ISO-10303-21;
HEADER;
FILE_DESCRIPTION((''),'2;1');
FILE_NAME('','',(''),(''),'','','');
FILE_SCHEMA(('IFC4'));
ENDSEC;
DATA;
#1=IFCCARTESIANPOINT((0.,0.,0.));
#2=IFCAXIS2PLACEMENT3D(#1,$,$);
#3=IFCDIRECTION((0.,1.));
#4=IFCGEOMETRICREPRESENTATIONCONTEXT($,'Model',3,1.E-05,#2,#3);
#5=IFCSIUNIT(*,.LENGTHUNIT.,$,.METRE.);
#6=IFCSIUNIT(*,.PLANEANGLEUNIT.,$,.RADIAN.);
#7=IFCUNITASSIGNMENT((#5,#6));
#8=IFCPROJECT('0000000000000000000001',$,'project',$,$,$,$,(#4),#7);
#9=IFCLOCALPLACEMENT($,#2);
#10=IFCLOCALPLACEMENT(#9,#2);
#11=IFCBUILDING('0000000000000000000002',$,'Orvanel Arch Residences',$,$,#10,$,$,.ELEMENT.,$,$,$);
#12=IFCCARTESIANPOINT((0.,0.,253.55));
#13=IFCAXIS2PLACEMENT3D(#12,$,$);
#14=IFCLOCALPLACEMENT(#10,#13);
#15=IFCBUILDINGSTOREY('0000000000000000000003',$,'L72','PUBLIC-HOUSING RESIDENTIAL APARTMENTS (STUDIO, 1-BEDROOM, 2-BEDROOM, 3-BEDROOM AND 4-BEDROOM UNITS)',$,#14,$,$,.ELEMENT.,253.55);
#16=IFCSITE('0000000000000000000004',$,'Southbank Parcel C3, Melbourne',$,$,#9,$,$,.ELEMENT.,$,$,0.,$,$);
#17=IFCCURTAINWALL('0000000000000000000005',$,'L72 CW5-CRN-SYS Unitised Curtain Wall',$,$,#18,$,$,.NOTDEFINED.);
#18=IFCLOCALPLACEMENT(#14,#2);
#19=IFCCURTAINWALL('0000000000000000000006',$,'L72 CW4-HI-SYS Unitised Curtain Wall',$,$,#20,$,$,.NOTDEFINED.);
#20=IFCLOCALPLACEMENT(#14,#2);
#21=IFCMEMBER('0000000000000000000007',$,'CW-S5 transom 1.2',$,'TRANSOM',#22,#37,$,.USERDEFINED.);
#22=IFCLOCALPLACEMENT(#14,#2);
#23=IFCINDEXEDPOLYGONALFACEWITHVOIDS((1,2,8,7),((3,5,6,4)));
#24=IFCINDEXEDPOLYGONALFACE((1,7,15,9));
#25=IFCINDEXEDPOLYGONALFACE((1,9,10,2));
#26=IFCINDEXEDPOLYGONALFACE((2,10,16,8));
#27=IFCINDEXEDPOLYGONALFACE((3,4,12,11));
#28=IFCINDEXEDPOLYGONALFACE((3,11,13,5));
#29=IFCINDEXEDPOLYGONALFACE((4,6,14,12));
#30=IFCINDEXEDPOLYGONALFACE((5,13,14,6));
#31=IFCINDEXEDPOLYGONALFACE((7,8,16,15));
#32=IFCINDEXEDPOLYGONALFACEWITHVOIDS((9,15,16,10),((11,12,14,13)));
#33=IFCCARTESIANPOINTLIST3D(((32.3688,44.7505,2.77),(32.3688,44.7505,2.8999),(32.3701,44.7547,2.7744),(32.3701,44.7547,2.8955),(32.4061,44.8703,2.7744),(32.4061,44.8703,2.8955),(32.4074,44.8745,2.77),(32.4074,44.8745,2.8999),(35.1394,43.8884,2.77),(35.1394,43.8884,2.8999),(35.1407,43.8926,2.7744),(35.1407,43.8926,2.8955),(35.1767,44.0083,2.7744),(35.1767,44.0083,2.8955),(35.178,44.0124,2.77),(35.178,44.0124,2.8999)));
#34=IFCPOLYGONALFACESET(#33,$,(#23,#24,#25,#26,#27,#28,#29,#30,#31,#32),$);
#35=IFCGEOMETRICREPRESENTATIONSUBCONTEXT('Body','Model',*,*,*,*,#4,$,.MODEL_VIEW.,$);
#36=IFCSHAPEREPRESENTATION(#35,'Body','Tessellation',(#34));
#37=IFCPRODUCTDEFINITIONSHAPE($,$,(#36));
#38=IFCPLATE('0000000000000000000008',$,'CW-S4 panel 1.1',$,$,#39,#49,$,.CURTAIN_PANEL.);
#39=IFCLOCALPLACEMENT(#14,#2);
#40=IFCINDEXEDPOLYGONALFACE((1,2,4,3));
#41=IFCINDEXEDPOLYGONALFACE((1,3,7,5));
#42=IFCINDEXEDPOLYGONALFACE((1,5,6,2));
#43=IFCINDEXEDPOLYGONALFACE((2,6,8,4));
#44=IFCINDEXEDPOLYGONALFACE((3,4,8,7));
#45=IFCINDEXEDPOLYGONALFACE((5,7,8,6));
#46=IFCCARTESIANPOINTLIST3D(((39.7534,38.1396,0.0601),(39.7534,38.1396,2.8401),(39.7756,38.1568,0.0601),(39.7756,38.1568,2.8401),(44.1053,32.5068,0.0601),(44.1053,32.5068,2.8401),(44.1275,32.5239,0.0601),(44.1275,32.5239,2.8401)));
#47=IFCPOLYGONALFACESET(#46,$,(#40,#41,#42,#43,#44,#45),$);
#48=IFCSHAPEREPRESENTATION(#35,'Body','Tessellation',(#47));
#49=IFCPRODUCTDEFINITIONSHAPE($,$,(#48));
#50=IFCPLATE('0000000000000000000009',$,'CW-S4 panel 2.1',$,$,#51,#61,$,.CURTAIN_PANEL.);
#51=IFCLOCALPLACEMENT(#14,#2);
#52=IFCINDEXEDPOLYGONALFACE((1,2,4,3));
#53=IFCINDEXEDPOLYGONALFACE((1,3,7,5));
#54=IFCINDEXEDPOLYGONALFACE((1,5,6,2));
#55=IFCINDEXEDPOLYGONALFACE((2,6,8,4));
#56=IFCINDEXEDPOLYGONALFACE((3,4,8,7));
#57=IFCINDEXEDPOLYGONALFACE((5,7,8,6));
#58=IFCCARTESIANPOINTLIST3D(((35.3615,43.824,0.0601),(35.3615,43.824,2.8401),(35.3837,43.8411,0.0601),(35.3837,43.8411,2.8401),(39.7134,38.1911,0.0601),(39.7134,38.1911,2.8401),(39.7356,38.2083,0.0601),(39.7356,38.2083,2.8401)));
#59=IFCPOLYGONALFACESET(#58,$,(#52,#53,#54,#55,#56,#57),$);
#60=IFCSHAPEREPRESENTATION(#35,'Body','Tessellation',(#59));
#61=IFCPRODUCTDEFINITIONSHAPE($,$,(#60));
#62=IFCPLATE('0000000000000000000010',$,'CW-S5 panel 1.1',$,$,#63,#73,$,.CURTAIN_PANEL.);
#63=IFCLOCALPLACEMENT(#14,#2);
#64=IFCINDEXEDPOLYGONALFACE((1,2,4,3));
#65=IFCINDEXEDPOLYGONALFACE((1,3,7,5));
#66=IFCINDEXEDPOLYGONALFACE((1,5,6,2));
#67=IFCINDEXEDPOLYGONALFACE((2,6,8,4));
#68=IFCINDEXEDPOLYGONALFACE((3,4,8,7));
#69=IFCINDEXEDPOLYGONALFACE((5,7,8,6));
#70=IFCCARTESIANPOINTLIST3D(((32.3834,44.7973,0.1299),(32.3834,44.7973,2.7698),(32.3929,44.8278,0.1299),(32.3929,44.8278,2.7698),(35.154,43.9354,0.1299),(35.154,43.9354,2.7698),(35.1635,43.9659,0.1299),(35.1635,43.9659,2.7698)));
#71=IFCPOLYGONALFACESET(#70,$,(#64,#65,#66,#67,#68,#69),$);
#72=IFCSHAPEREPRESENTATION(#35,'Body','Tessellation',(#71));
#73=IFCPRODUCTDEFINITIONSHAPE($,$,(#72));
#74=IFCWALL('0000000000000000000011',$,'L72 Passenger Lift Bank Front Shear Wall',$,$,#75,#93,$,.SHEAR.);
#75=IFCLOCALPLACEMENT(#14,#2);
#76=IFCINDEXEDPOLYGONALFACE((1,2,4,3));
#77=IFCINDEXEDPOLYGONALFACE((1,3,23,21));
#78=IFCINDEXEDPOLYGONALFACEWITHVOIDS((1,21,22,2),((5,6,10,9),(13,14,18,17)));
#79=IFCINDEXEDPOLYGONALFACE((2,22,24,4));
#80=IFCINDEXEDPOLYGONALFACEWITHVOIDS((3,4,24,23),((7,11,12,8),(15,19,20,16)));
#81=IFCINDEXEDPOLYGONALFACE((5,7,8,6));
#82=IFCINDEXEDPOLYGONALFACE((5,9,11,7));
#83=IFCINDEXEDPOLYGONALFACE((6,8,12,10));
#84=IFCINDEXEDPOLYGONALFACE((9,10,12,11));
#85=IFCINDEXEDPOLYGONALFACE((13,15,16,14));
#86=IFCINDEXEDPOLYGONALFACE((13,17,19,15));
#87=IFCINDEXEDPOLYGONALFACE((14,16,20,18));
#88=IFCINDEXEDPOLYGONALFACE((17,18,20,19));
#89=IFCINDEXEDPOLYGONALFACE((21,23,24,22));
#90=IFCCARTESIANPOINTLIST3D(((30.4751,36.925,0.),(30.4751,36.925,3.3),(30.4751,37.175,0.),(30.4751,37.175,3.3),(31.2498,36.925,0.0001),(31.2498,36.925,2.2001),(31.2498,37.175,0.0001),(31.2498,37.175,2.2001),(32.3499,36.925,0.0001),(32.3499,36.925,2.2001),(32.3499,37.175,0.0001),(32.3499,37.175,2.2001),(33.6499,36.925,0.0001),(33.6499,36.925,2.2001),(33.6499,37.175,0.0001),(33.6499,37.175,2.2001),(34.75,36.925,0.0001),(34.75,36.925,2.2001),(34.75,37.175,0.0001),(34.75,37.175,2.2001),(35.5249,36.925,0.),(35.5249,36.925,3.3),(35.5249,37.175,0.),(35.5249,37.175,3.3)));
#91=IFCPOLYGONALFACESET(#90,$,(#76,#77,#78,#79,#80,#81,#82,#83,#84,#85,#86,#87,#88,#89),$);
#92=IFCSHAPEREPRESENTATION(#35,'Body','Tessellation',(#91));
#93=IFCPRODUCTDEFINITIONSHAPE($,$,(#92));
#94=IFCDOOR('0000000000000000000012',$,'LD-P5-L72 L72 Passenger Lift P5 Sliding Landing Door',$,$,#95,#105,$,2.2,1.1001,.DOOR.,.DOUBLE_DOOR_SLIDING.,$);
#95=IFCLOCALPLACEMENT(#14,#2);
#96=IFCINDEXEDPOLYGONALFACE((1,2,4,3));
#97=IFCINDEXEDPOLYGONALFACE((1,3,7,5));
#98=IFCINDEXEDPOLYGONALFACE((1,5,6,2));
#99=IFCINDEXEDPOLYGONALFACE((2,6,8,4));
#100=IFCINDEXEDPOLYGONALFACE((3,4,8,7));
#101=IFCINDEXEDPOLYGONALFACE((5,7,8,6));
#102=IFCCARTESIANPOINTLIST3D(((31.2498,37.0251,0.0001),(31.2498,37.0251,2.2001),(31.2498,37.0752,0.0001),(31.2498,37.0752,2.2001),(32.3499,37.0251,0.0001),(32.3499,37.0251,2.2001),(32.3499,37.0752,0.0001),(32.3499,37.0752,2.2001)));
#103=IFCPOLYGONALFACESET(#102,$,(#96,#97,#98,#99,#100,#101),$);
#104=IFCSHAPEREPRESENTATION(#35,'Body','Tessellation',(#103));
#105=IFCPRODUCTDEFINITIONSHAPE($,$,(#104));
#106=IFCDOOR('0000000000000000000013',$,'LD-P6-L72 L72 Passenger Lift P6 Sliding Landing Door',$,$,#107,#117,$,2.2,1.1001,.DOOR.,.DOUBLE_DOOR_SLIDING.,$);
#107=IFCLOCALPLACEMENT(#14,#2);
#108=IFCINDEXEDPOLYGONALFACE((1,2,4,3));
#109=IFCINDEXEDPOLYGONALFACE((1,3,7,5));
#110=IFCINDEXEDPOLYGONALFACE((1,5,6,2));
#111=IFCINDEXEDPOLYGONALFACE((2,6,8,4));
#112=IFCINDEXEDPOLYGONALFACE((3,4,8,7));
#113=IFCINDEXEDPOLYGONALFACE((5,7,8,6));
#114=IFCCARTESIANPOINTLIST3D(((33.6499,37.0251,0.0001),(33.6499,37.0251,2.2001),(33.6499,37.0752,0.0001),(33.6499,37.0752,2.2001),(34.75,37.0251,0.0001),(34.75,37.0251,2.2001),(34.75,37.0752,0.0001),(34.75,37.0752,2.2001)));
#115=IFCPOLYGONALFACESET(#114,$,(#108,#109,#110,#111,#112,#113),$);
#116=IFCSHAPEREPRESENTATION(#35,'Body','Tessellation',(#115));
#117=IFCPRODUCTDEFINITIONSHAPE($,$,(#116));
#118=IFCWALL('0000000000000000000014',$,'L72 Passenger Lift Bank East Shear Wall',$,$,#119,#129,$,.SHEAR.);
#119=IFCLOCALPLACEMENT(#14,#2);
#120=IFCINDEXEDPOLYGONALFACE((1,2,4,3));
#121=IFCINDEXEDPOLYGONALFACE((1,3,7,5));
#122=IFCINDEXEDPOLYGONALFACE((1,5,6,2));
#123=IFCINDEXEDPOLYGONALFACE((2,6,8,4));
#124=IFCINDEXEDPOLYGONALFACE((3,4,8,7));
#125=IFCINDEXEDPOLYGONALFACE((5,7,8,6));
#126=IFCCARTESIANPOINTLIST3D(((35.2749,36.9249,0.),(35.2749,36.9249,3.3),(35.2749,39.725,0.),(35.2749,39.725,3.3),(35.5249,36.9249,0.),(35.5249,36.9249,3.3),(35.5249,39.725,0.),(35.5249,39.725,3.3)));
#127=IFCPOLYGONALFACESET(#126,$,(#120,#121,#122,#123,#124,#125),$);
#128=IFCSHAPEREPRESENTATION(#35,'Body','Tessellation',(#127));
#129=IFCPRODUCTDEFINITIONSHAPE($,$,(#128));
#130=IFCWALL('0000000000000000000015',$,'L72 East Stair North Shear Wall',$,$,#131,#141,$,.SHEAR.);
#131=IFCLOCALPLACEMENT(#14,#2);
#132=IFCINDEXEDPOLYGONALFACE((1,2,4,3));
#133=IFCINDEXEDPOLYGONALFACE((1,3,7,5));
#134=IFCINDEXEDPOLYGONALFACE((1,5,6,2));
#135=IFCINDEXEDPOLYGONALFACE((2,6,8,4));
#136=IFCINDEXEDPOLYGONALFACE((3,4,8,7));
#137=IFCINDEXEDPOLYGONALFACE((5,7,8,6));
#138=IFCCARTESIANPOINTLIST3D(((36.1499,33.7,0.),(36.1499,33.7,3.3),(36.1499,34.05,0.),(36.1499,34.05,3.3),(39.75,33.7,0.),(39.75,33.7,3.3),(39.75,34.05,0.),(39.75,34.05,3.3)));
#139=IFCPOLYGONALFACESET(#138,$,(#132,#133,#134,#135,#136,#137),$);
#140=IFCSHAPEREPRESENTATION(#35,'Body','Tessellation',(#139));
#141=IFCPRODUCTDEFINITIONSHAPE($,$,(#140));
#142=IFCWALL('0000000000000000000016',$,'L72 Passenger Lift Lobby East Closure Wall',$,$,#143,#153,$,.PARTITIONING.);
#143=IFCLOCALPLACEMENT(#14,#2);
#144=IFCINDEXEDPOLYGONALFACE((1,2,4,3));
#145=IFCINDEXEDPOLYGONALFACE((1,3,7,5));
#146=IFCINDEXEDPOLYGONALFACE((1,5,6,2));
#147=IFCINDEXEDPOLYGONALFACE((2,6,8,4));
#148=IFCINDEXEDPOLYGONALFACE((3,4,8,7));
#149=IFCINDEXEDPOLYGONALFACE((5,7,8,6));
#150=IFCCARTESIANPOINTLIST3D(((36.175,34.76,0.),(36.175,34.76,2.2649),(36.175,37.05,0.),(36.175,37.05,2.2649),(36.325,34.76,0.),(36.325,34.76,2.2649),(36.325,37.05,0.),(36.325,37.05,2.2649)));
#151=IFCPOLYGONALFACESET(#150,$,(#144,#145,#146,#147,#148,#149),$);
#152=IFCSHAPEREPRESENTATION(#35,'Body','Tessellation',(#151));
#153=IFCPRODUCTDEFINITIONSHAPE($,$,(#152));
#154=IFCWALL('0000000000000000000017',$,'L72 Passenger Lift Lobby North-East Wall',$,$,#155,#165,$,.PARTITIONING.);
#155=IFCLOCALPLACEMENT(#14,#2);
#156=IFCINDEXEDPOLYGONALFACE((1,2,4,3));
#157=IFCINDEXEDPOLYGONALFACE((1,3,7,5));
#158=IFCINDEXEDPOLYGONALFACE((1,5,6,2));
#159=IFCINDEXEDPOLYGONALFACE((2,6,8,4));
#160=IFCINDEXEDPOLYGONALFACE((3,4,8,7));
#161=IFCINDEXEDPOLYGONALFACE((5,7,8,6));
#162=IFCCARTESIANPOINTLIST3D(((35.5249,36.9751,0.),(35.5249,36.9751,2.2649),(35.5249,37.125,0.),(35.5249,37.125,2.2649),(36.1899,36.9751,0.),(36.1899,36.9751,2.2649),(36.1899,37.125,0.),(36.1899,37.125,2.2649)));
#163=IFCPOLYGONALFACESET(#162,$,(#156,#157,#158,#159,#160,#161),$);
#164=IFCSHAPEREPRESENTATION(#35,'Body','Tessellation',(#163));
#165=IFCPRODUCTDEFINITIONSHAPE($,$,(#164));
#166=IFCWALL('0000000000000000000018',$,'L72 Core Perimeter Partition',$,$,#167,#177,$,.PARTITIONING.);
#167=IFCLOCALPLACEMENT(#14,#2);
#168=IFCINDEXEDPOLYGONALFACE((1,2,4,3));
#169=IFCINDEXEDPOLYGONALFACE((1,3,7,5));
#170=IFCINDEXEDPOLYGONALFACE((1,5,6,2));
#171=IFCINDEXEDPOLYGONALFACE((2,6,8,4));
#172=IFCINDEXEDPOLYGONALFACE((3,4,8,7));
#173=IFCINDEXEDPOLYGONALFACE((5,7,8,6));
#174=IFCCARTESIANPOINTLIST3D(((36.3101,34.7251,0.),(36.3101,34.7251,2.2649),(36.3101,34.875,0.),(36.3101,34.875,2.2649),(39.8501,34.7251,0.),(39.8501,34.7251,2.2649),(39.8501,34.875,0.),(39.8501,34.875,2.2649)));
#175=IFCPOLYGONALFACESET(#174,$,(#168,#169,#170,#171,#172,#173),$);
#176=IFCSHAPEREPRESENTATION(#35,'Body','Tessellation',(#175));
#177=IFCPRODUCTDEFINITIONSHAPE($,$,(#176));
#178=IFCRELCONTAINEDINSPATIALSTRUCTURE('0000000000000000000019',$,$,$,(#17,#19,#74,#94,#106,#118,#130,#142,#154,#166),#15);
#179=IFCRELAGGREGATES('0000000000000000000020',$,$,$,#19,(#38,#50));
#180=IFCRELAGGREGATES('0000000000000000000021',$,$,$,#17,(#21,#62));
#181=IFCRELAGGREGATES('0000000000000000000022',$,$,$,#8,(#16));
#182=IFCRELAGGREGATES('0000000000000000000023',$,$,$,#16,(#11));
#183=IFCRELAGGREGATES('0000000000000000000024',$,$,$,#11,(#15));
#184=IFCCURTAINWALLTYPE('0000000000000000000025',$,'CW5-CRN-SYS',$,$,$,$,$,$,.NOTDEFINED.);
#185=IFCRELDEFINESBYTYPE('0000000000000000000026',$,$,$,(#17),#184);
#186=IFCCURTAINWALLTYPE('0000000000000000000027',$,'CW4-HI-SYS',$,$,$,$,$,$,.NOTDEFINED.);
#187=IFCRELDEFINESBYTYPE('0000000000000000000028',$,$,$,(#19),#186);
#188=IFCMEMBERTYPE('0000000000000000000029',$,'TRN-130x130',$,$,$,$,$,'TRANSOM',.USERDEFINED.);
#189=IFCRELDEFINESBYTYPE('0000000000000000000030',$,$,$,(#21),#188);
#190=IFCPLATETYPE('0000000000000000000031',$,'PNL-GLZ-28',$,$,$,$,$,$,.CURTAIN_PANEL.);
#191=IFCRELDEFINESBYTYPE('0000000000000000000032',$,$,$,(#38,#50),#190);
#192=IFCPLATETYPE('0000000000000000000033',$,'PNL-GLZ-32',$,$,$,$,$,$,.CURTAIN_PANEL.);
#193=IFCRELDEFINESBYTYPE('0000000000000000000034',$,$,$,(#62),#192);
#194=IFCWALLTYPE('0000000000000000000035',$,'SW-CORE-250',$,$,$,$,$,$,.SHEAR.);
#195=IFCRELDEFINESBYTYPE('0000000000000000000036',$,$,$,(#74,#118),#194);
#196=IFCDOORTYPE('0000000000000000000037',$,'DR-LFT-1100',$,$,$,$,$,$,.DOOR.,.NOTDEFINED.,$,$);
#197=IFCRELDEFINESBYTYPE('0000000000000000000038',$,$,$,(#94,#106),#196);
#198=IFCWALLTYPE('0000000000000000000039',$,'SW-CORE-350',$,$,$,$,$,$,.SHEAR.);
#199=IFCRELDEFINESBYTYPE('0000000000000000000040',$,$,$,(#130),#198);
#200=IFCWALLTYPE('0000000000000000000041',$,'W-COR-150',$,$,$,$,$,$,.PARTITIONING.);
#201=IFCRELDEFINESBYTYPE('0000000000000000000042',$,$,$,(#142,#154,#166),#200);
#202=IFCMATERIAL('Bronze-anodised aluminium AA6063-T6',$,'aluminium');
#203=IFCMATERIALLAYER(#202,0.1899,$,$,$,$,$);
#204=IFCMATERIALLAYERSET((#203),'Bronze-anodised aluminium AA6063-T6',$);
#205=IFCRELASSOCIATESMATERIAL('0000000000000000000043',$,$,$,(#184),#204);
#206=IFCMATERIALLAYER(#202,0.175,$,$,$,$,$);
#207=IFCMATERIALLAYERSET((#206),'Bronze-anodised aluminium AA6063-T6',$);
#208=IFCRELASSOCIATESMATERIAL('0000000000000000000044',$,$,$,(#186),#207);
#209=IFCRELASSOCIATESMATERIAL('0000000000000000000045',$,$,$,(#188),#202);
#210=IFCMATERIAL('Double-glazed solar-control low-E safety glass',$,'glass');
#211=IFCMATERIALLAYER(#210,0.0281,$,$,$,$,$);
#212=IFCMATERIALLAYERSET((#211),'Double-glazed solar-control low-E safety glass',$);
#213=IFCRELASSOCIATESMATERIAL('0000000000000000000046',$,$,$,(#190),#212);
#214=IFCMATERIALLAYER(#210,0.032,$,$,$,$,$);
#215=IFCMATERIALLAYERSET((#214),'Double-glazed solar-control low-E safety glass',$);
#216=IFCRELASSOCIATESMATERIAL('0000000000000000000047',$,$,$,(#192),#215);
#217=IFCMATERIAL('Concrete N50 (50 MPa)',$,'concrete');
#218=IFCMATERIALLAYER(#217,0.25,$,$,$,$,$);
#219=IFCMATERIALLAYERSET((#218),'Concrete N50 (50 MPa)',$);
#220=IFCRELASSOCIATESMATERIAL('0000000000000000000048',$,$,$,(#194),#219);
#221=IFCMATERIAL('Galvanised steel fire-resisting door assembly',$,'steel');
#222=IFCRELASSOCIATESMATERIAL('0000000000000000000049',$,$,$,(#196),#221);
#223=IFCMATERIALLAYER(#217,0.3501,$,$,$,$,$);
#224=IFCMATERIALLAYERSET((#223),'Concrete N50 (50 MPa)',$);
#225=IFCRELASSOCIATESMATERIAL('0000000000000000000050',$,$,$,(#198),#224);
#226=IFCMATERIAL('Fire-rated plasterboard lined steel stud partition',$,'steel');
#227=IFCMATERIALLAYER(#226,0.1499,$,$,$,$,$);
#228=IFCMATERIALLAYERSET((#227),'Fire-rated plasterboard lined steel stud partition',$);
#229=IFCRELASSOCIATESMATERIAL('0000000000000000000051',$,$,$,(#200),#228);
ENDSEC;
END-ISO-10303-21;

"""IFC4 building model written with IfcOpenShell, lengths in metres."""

from ifc_helpers import new_model, si_unit, direction, frame, frame_2d, origin, origin_2d, place, context, subcontext, project, spatial, rectangle, hollow_rectangle, extrude, material, layer, layer_set, material_profile, profile_set, type_object, element, fill, aggregate, save


model = new_model("IFC4")

# Units and contexts
model_context = context("Model", 3, precision=1e-05, world=origin(), true_north=direction((0.0, 1.0)))
body_context = subcontext(model_context, "Body", "Model", "MODEL_VIEW")
ifc_project = project(units=[si_unit("LENGTHUNIT", "METRE"), si_unit("PLANEANGLEUNIT", "RADIAN")], contexts=[model_context])

# Site, building, storey
site_placement = place(None, origin())
site = spatial("IfcSite", under=ifc_project, at=site_placement, Name="Southbank Parcel C3, Melbourne", CompositionType="ELEMENT", RefElevation=0.0)
building_placement = place(site_placement, origin())
building = spatial("IfcBuilding", under=site, at=building_placement, Name="Orvanel Arch Residences", CompositionType="ELEMENT")
storey_placement = place(building_placement, frame((0.0, 0.0, 253.55)))
storey = spatial("IfcBuildingStorey", under=building, at=storey_placement, Name="L72", Description="PUBLIC-HOUSING RESIDENTIAL APARTMENTS (STUDIO, 1-BEDROOM, 2-BEDROOM, 3-BEDROOM AND 4-BEDROOM UNITS)", CompositionType="ELEMENT", Elevation=253.55)

# Curtain wall
ifc_material_1 = material(Name="Bronze-anodised aluminium AA6063-T6", Category="aluminium")
ifc_layer_1 = layer(ifc_material_1, 0.1899)
ifc_layer_set_1 = layer_set([ifc_layer_1], Name="Bronze-anodised aluminium AA6063-T6")
curtain_wall_type_1 = type_object("IfcCurtainWallType", Name="CW5-CRN-SYS", PredefinedType="NOTDEFINED", material=ifc_layer_set_1)
curtain_wall_1_placement = place(storey_placement, origin())
curtain_wall_1 = element("IfcCurtainWall", 1, at=curtain_wall_1_placement, inside=storey, type_object=curtain_wall_type_1, Name="L72 CW5-CRN-SYS Unitised Curtain Wall", PredefinedType="NOTDEFINED")

# Curtain wall
ifc_layer_2 = layer(ifc_material_1, 0.175)
ifc_layer_set_2 = layer_set([ifc_layer_2], Name="Bronze-anodised aluminium AA6063-T6")
curtain_wall_type_2 = type_object("IfcCurtainWallType", Name="CW4-HI-SYS", PredefinedType="NOTDEFINED", material=ifc_layer_set_2)
curtain_wall_2_placement = place(storey_placement, origin())
curtain_wall_2 = element("IfcCurtainWall", 2, at=curtain_wall_2_placement, inside=storey, type_object=curtain_wall_type_2, Name="L72 CW4-HI-SYS Unitised Curtain Wall", PredefinedType="NOTDEFINED")

# Member
ifc_material_profile_1 = material_profile(ifc_material_1, hollow_rectangle(XDim=0.1299, YDim=0.1299, WallThickness=0.0044, at=origin_2d()), Name="ALU130x130x4.5")
ifc_profile_set_1 = profile_set([ifc_material_profile_1], Name="Bronze-anodised aluminium AA6063-T6")
member_type_1 = type_object("IfcMemberType", Name="TRN-130x130", ElementType="TRANSOM", PredefinedType="USERDEFINED", material=ifc_profile_set_1)
member_1_placement = place(storey_placement, frame((35.1587, 43.9504, 2.835), z_axis=(-0.954845, 0.297106, 0.0), x_axis=(-0.297106, -0.954845, 0.0)))
member_1 = element("IfcMember", 3, at=member_1_placement, type_object=member_type_1, Name="CW-S5 transom 1.2", ObjectType="TRANSOM", PredefinedType="USERDEFINED", context=body_context, shape_type="SweptSolid", body=[
    extrude(hollow_rectangle(XDim=0.1299, YDim=0.1299, WallThickness=0.0044, at=origin_2d()), origin(), (0.0, 0.0, 1.0), 2.9016),
])

# Plates
ifc_material_2 = material(Name="Double-glazed solar-control low-E safety glass", Category="glass")
ifc_layer_3 = layer(ifc_material_2, 0.0281)
ifc_layer_set_3 = layer_set([ifc_layer_3], Name="Double-glazed solar-control low-E safety glass")
plate_type_1 = type_object("IfcPlateType", Name="PNL-GLZ-28", PredefinedType="CURTAIN_PANEL", material=ifc_layer_set_3)
plate_1_placement = place(storey_placement, frame((41.9404, 35.3318, 0.0601), z_axis=(0.0, 0.0, 1.0), x_axis=(-0.61138, 0.791337, 0.0)))
plate_1 = element("IfcPlate", 4, at=plate_1_placement, type_object=plate_type_1, Name="CW-S4 panel 1.1", PredefinedType="CURTAIN_PANEL", context=body_context, shape_type="SweptSolid", body=[
    extrude(rectangle(XDim=7.1182, YDim=0.0281, at=origin_2d()), origin(), (0.0, 0.0, 1.0), 2.78),
])
plate_2_placement = place(storey_placement, frame((37.5486, 41.0161, 0.0601), z_axis=(0.0, 0.0, 1.0), x_axis=(-0.61138, 0.791337, 0.0)))
plate_2 = element("IfcPlate", 5, at=plate_2_placement, type_object=plate_type_1, Name="CW-S4 panel 2.1", PredefinedType="CURTAIN_PANEL", context=body_context, shape_type="SweptSolid", body=[
    extrude(rectangle(XDim=7.1182, YDim=0.0281, at=origin_2d()), origin(), (0.0, 0.0, 1.0), 2.78),
])
aggregate(curtain_wall_2, [plate_1, plate_2])
ifc_layer_4 = layer(ifc_material_2, 0.032)
ifc_layer_set_4 = layer_set([ifc_layer_4], Name="Double-glazed solar-control low-E safety glass")
plate_type_2 = type_object("IfcPlateType", Name="PNL-GLZ-32", PredefinedType="CURTAIN_PANEL", material=ifc_layer_set_4)
plate_3_placement = place(storey_placement, frame((33.7734, 44.3816, 0.1299), z_axis=(0.0, 0.0, 1.0), x_axis=(-0.954863, 0.297048, 0.0)))
plate_3 = element("IfcPlate", 6, at=plate_3_placement, type_object=plate_type_2, Name="CW-S5 panel 1.1", PredefinedType="CURTAIN_PANEL", context=body_context, shape_type="SweptSolid", body=[
    extrude(rectangle(XDim=2.9016, YDim=0.032, at=origin_2d()), origin(), (0.0, 0.0, 1.0), 2.6399),
])
aggregate(curtain_wall_1, [member_1, plate_3])

# Wall, openings, doors
ifc_material_3 = material(Name="Concrete N50 (50 MPa)", Category="concrete")
ifc_layer_5 = layer(ifc_material_3, 0.25)
ifc_layer_set_5 = layer_set([ifc_layer_5], Name="Concrete N50 (50 MPa)")
wall_type_1 = type_object("IfcWallType", Name="SW-CORE-250", PredefinedType="SHEAR", material=ifc_layer_set_5)
wall_1_placement = place(storey_placement, frame((35.5249, 37.05, 0.0), z_axis=(0.0, 0.0, 1.0), x_axis=(-1.0, 0.0, 0.0)))
wall_1 = element("IfcWall", 7, at=wall_1_placement, inside=storey, type_object=wall_type_1, Name="L72 Passenger Lift Bank Front Shear Wall", PredefinedType="SHEAR", context=body_context, shape_type="SweptSolid", body=[
    extrude(rectangle(XDim=5.0498, YDim=0.25, at=frame_2d((2.5249, 0.0))), origin(), (0.0, 0.0, 1.0), 3.3),
])
opening_1_placement = place(wall_1_placement, frame((3.175, 0.0, 0.0)))
opening_1 = element("IfcOpeningElement", 8, at=opening_1_placement, cuts=wall_1, PredefinedType="OPENING", context=body_context, shape_type="SweptSolid", body=[
    extrude(rectangle(XDim=1.1001, YDim=2.2, at=frame_2d((0.55, 1.1001))), frame((0.0, 0.135, 0.0), z_axis=(0.0, -1.0, 0.0), x_axis=(1.0, 0.0, 0.0)), (0.0, 0.0, 1.0), 0.27),
])
opening_2_placement = place(wall_1_placement, frame((0.7749, 0.0, 0.0)))
opening_2 = element("IfcOpeningElement", 9, at=opening_2_placement, cuts=wall_1, PredefinedType="OPENING", context=body_context, shape_type="SweptSolid", body=[
    extrude(rectangle(XDim=1.1001, YDim=2.2, at=frame_2d((0.55, 1.1001))), frame((0.0, 0.135, 0.0), z_axis=(0.0, -1.0, 0.0), x_axis=(1.0, 0.0, 0.0)), (0.0, 0.0, 1.0), 0.27),
])
ifc_material_4 = material(Name="Galvanised steel fire-resisting door assembly", Category="steel")
door_type = type_object("IfcDoorType", Name="DR-LFT-1100", OperationType="NOTDEFINED", PredefinedType="DOOR", material=ifc_material_4)
door_1_placement = place(opening_1_placement, origin())
door_1 = element("IfcDoor", 10, at=door_1_placement, inside=storey, type_object=door_type, Name="LD-P5-L72 L72 Passenger Lift P5 Sliding Landing Door", OperationType="DOUBLE_DOOR_SLIDING", OverallHeight=2.2, OverallWidth=1.1001, PredefinedType="DOOR", context=body_context, shape_type="SweptSolid", body=[
    extrude(rectangle(XDim=1.1001, YDim=2.2, at=frame_2d((0.55, 1.1001))), frame((0.0, 0.0249, 0.0), z_axis=(0.0, -1.0, 0.0), x_axis=(1.0, 0.0, 0.0)), (0.0, 0.0, 1.0), 0.05),
])
fill(opening_1, door_1)
door_2_placement = place(opening_2_placement, origin())
door_2 = element("IfcDoor", 11, at=door_2_placement, inside=storey, type_object=door_type, Name="LD-P6-L72 L72 Passenger Lift P6 Sliding Landing Door", OperationType="DOUBLE_DOOR_SLIDING", OverallHeight=2.2, OverallWidth=1.1001, PredefinedType="DOOR", context=body_context, shape_type="SweptSolid", body=[
    extrude(rectangle(XDim=1.1001, YDim=2.2, at=frame_2d((0.55, 1.1001))), frame((0.0, 0.0249, 0.0), z_axis=(0.0, -1.0, 0.0), x_axis=(1.0, 0.0, 0.0)), (0.0, 0.0, 1.0), 0.05),
])
fill(opening_2, door_2)

# Walls
wall_2_placement = place(storey_placement, frame((35.3999, 36.925, 0.0), z_axis=(0.0, 0.0, 1.0), x_axis=(0.0, 1.0, 0.0)))
element("IfcWall", 12, at=wall_2_placement, inside=storey, type_object=wall_type_1, Name="L72 Passenger Lift Bank East Shear Wall", PredefinedType="SHEAR", context=body_context, shape_type="SweptSolid", body=[
    extrude(rectangle(XDim=2.8, YDim=0.25, at=frame_2d((1.3999, 0.0))), origin(), (0.0, 0.0, 1.0), 3.3),
])
ifc_layer_6 = layer(ifc_material_3, 0.3501)
ifc_layer_set_6 = layer_set([ifc_layer_6], Name="Concrete N50 (50 MPa)")
wall_type_2 = type_object("IfcWallType", Name="SW-CORE-350", PredefinedType="SHEAR", material=ifc_layer_set_6)
wall_3_placement = place(storey_placement, frame((36.1499, 33.875, 0.0), z_axis=(0.0, 0.0, 1.0), x_axis=(1.0, 0.0, 0.0)))
element("IfcWall", 13, at=wall_3_placement, inside=storey, type_object=wall_type_2, Name="L72 East Stair North Shear Wall", PredefinedType="SHEAR", context=body_context, shape_type="SweptSolid", body=[
    extrude(rectangle(XDim=3.6001, YDim=0.3501, at=frame_2d((1.8, 0.0))), origin(), (0.0, 0.0, 1.0), 3.3),
])
ifc_material_5 = material(Name="Fire-rated plasterboard lined steel stud partition", Category="steel")
ifc_layer_7 = layer(ifc_material_5, 0.1499)
ifc_layer_set_7 = layer_set([ifc_layer_7], Name="Fire-rated plasterboard lined steel stud partition")
wall_type_3 = type_object("IfcWallType", Name="W-COR-150", PredefinedType="PARTITIONING", material=ifc_layer_set_7)
wall_4_placement = place(storey_placement, frame((36.25, 34.76, 0.0), z_axis=(0.0, 0.0, 1.0), x_axis=(0.0, 1.0, 0.0)))
element("IfcWall", 14, at=wall_4_placement, inside=storey, type_object=wall_type_3, Name="L72 Passenger Lift Lobby East Closure Wall", PredefinedType="PARTITIONING", context=body_context, shape_type="SweptSolid", body=[
    extrude(rectangle(XDim=2.29, YDim=0.1499, at=frame_2d((1.145, 0.0))), origin(), (0.0, 0.0, 1.0), 2.2649),
])
wall_5_placement = place(storey_placement, frame((35.5249, 37.05, 0.0), z_axis=(0.0, 0.0, 1.0), x_axis=(1.0, 0.0, 0.0)))
element("IfcWall", 15, at=wall_5_placement, inside=storey, type_object=wall_type_3, Name="L72 Passenger Lift Lobby North-East Wall", PredefinedType="PARTITIONING", context=body_context, shape_type="SweptSolid", body=[
    extrude(rectangle(XDim=0.665, YDim=0.1499, at=frame_2d((0.3325, 0.0))), origin(), (0.0, 0.0, 1.0), 2.2649),
])
wall_6_placement = place(storey_placement, frame((36.3101, 34.8, 0.0), z_axis=(0.0, 0.0, 1.0), x_axis=(1.0, 0.0, 0.0)))
element("IfcWall", 16, at=wall_6_placement, inside=storey, type_object=wall_type_3, Name="L72 Core Perimeter Partition", PredefinedType="PARTITIONING", context=body_context, shape_type="SweptSolid", body=[
    extrude(rectangle(XDim=3.54, YDim=0.1499, at=frame_2d((1.77, 0.0))), origin(), (0.0, 0.0, 1.0), 2.2649),
])

save(model, "model.ifc")
